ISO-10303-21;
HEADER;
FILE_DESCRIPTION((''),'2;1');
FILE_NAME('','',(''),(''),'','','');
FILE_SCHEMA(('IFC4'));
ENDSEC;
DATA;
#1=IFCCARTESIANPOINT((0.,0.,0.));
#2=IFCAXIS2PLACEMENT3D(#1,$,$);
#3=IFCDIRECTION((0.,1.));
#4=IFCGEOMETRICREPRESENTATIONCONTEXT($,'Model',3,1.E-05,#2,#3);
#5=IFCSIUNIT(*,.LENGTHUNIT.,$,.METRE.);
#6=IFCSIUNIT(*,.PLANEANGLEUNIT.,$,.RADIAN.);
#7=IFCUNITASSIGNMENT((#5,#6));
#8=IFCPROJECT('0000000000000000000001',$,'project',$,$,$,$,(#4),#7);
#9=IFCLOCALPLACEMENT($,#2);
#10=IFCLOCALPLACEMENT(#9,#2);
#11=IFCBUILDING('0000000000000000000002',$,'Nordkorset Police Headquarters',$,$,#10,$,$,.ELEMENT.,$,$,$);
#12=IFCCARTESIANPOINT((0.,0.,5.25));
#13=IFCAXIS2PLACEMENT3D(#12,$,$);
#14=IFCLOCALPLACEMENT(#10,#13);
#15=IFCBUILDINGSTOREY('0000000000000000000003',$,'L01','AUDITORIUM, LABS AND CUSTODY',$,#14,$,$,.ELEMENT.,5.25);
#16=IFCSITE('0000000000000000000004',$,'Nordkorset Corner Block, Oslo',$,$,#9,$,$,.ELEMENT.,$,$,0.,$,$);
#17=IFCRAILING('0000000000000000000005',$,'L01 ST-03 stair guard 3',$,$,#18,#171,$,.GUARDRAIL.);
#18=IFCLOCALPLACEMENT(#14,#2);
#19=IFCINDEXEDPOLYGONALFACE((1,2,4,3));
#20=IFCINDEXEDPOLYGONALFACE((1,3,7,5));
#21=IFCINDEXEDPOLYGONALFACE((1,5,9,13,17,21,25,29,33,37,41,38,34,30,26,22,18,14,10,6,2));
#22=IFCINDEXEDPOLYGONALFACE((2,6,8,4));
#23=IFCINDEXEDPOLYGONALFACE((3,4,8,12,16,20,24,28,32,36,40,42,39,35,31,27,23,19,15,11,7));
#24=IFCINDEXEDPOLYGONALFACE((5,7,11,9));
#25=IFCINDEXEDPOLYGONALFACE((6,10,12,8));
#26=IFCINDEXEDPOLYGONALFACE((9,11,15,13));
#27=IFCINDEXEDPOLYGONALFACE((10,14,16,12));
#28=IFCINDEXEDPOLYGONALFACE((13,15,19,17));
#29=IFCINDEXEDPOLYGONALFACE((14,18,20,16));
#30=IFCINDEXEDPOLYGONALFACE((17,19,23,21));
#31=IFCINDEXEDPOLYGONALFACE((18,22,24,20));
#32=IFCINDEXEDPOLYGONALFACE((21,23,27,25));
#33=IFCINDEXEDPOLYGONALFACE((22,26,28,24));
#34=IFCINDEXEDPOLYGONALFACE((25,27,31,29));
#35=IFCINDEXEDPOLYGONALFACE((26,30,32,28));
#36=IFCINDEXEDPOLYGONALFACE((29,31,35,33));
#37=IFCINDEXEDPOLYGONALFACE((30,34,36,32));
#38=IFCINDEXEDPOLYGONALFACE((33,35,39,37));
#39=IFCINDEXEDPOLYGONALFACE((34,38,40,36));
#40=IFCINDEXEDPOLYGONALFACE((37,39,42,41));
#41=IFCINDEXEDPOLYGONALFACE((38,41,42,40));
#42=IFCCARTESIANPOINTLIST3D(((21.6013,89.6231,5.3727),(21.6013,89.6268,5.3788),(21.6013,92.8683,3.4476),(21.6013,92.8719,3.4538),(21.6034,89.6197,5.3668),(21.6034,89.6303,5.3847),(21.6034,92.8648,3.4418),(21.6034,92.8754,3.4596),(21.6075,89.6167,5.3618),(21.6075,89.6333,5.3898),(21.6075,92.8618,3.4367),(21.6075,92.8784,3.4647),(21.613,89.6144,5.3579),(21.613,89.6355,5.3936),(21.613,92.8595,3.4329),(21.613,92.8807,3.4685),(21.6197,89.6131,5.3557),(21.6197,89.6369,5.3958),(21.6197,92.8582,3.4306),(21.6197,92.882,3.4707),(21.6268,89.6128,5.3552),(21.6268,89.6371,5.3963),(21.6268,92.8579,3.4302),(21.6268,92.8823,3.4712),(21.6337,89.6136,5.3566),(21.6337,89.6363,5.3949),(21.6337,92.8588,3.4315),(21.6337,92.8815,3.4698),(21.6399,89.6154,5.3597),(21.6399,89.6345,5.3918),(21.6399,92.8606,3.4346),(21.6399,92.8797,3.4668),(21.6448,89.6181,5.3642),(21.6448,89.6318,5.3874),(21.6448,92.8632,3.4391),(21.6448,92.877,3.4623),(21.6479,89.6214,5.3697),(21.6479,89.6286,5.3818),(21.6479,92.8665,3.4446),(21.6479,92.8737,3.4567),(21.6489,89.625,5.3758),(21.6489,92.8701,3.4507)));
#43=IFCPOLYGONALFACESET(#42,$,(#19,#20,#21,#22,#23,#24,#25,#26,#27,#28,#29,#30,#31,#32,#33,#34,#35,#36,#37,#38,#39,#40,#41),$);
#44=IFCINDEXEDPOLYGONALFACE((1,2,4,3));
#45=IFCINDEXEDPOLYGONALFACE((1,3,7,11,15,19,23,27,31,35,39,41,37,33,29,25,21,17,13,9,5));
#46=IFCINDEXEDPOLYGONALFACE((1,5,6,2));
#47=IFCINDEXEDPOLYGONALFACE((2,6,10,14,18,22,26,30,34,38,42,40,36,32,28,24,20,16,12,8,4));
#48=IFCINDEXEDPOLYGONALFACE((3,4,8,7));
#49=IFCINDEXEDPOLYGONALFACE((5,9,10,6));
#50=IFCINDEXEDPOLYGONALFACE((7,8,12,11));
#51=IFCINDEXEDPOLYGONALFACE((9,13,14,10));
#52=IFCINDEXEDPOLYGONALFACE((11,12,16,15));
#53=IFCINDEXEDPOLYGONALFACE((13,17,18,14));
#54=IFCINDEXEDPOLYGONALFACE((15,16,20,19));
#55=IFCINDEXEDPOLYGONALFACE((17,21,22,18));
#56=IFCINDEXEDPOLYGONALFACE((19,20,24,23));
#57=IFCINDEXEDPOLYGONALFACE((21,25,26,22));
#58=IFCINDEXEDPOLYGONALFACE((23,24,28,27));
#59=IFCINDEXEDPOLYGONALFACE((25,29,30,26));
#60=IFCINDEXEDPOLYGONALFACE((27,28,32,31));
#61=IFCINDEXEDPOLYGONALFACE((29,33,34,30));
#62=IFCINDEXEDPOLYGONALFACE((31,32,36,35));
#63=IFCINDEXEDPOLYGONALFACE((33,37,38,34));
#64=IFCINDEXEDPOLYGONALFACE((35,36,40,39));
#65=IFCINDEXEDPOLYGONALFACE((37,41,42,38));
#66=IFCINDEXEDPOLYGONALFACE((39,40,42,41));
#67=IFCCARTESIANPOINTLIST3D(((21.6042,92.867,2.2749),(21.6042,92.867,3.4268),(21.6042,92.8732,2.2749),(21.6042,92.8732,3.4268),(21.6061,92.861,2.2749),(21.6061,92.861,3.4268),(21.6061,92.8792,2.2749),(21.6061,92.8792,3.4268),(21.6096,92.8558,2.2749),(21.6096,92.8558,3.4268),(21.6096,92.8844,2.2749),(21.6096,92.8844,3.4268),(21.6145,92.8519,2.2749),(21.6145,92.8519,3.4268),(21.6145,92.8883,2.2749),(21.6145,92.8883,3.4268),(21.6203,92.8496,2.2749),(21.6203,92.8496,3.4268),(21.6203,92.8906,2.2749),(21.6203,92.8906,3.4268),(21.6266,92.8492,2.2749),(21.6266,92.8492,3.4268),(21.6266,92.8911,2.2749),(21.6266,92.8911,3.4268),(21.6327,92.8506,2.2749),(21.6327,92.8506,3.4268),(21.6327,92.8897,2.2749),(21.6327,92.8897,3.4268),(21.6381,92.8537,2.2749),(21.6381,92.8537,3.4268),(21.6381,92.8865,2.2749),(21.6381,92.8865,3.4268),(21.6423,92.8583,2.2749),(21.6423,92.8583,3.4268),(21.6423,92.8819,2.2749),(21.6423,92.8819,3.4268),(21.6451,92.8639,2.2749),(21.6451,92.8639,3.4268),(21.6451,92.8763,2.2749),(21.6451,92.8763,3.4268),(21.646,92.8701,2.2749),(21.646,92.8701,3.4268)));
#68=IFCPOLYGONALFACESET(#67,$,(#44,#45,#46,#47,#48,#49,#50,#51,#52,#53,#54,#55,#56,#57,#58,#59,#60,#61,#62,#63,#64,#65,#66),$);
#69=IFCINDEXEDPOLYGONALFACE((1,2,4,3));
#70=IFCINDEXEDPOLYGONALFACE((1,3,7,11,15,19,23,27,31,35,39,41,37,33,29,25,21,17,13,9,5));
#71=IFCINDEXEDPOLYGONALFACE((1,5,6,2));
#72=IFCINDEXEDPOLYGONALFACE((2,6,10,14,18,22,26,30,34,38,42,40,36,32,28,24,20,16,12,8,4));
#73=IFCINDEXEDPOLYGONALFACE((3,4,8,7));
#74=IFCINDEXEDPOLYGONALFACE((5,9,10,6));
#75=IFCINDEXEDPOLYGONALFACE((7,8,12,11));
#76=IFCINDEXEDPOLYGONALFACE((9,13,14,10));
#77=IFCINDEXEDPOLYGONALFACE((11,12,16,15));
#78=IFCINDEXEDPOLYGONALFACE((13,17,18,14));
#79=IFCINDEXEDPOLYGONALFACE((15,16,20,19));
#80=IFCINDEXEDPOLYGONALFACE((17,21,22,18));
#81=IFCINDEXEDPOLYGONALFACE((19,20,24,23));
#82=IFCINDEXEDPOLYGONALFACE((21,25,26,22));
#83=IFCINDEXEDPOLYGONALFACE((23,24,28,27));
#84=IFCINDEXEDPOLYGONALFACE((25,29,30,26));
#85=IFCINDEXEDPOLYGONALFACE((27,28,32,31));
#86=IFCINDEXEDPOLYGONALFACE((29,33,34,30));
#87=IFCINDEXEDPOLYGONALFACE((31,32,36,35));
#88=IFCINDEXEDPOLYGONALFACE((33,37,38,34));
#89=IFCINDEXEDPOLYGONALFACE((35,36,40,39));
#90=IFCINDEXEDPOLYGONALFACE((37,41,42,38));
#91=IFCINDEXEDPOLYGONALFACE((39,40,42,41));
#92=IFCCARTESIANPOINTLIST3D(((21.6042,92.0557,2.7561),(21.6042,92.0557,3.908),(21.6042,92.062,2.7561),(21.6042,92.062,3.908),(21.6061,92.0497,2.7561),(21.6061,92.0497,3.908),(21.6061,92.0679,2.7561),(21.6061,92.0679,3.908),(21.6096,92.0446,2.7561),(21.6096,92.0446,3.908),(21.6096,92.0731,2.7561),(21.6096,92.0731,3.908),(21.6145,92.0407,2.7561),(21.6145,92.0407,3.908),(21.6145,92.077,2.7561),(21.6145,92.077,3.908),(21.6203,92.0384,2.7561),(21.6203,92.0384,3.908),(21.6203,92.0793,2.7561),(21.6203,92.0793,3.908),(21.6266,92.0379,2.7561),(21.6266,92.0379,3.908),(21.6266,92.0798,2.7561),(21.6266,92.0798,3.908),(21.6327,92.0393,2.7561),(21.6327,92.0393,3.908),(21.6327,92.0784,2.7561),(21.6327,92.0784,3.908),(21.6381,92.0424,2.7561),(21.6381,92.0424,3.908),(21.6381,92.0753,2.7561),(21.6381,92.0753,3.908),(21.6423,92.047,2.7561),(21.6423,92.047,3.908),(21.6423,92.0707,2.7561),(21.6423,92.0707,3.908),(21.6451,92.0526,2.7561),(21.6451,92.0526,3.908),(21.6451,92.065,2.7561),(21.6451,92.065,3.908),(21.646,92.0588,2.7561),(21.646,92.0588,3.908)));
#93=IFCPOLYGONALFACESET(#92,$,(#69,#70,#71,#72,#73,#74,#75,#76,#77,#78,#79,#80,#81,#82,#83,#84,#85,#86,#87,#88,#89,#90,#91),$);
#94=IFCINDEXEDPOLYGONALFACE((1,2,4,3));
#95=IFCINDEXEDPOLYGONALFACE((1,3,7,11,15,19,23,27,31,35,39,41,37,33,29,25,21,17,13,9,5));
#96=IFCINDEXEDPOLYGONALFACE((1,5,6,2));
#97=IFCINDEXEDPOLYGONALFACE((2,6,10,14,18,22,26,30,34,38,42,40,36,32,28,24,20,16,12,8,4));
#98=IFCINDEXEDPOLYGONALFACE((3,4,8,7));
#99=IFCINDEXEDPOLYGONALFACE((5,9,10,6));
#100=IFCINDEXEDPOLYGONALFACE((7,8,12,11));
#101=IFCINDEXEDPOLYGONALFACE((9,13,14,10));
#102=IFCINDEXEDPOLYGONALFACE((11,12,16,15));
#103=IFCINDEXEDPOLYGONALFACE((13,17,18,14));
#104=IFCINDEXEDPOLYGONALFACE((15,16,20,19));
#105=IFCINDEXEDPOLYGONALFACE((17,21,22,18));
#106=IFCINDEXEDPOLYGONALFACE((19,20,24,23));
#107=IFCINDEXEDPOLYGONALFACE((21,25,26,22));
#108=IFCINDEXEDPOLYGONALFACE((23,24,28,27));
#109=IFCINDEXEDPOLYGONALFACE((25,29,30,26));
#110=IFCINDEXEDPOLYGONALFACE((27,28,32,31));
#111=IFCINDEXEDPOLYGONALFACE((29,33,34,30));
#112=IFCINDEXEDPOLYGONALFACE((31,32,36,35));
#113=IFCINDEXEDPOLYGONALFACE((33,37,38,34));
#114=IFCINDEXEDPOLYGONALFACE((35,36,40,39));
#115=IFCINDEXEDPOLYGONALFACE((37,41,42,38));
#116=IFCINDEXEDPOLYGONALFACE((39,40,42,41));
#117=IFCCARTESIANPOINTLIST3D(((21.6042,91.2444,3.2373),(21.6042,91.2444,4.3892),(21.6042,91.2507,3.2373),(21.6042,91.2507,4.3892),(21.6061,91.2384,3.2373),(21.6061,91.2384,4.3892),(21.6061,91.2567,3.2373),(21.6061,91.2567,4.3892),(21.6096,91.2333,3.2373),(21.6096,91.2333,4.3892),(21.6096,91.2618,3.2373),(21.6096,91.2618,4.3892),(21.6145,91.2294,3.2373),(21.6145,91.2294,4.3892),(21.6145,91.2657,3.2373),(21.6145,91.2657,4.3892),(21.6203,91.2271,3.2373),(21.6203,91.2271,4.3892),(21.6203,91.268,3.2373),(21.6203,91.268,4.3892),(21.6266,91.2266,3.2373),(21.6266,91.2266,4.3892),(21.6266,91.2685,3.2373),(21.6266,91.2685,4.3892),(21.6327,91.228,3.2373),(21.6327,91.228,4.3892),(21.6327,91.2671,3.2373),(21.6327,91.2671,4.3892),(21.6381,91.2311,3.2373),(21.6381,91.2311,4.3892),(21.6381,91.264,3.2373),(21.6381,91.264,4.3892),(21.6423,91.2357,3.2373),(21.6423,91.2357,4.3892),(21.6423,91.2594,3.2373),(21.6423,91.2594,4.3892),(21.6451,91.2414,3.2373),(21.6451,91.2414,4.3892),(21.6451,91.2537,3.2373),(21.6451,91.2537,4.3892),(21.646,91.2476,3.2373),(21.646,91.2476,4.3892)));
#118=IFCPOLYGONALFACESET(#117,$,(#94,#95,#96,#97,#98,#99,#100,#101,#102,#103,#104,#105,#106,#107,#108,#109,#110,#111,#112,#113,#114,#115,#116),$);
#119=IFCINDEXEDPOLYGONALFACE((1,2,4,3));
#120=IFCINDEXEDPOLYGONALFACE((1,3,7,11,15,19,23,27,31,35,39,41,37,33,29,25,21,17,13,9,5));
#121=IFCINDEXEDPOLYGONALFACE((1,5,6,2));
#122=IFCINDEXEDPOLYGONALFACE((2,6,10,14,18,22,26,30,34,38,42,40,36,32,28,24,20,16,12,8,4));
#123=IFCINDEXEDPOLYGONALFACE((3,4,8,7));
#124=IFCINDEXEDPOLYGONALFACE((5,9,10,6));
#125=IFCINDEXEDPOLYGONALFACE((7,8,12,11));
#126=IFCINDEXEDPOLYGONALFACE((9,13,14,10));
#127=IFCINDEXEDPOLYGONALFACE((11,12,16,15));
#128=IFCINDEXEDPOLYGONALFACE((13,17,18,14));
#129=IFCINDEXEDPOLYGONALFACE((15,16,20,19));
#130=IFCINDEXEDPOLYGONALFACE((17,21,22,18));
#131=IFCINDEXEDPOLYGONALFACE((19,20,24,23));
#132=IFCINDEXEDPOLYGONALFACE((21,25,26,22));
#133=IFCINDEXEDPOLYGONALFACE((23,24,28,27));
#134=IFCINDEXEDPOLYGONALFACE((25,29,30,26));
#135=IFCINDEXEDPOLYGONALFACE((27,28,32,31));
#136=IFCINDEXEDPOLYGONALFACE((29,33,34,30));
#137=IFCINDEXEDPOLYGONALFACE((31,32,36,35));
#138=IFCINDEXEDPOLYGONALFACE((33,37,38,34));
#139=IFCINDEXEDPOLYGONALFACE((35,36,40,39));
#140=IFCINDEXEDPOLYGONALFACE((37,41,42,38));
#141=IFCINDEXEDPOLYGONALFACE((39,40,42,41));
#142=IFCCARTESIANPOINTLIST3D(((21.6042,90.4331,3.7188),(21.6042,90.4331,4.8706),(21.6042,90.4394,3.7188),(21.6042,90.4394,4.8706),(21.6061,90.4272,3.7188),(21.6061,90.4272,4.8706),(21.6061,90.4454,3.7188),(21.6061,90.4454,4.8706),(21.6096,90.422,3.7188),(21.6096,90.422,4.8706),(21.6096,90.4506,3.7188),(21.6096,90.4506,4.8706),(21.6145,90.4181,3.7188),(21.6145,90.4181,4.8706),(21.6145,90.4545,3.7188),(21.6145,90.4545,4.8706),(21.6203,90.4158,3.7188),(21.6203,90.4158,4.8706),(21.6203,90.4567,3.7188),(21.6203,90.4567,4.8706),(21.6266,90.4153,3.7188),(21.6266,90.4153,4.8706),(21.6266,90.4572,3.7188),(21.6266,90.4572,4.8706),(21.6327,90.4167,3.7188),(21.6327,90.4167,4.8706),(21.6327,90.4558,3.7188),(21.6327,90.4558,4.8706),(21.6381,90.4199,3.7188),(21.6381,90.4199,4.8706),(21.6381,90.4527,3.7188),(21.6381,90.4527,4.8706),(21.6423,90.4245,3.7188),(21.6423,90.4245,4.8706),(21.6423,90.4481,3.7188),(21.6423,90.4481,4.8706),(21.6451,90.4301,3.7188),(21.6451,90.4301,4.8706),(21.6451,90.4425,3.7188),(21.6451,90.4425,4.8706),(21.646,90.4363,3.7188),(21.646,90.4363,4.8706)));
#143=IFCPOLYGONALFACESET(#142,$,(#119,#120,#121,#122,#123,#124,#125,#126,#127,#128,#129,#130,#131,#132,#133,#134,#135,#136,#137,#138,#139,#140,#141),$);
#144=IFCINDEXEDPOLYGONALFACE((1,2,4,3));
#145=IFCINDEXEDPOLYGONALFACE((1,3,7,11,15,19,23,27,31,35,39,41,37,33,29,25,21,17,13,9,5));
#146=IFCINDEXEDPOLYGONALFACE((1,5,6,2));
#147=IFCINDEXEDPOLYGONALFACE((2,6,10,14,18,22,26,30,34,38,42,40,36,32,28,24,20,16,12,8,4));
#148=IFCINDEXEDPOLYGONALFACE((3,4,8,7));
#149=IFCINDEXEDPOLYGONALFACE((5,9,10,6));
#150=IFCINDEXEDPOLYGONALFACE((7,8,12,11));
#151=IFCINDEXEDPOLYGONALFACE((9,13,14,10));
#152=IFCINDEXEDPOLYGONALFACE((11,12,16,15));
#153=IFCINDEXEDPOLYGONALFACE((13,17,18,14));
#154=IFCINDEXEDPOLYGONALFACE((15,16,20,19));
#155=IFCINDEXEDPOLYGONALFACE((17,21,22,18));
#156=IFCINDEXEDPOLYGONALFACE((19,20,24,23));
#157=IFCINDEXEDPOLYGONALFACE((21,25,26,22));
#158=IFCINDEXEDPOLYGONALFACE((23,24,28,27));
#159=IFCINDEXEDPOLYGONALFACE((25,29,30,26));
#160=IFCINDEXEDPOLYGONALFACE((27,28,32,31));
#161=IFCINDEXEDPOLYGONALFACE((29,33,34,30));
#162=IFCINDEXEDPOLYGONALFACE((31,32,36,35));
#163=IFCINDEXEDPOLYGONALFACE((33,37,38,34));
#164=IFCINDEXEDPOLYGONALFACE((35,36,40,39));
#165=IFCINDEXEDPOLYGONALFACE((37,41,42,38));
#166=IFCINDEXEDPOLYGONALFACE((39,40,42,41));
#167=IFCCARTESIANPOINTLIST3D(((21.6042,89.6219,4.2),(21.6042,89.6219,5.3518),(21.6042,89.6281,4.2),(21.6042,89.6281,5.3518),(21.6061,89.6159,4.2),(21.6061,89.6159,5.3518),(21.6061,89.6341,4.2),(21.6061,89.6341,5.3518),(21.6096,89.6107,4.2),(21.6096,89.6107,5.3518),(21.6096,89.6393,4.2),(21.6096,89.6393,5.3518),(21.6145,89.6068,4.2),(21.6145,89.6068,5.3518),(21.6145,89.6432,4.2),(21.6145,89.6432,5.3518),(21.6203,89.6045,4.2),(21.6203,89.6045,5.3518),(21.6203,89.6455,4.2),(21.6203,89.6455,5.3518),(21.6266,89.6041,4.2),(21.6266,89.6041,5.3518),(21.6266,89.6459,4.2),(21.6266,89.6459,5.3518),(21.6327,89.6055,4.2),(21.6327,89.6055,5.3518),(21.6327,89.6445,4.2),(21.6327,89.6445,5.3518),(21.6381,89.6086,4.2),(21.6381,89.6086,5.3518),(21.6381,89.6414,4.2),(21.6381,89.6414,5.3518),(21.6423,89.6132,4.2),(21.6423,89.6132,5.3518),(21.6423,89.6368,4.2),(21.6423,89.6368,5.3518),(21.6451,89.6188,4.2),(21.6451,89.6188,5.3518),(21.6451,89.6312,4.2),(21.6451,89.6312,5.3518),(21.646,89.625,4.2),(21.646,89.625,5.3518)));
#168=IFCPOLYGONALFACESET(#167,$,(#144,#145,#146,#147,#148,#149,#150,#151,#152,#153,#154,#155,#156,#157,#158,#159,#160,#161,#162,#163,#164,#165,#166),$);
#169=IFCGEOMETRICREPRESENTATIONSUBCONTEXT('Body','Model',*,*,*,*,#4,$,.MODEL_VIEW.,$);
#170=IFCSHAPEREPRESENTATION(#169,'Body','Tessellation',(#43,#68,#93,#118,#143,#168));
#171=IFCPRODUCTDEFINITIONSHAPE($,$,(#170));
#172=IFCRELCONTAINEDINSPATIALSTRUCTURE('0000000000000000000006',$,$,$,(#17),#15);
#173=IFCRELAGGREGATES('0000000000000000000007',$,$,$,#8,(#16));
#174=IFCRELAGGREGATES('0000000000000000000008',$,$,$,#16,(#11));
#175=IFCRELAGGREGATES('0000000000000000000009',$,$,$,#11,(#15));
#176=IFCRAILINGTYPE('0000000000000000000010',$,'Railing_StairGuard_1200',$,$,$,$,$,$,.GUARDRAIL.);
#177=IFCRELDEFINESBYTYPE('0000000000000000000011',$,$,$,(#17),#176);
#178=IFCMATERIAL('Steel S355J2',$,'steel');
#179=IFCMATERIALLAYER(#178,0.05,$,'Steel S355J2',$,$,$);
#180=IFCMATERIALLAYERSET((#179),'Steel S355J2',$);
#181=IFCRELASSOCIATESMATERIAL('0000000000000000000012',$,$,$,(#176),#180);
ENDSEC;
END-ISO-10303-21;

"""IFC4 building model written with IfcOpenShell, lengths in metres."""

from ifc_helpers import new_model, si_unit, direction, frame, origin, origin_2d, place, context, subcontext, project, spatial, circle, extrude, material, layer, layer_set, type_object, element, save


model = new_model("IFC4")

# Units and contexts
model_context = context("Model", 3, precision=1e-05, world=origin(), true_north=direction((0.0, 1.0)))
body_context = subcontext(model_context, "Body", "Model", "MODEL_VIEW")
ifc_project = project(units=[si_unit("LENGTHUNIT", "METRE"), si_unit("PLANEANGLEUNIT", "RADIAN")], contexts=[model_context])

# Site, building, storey
site_placement = place(None, origin())
site = spatial("IfcSite", under=ifc_project, at=site_placement, Name="Nordkorset Corner Block, Oslo", CompositionType="ELEMENT", RefElevation=0.0)
building_placement = place(site_placement, origin())
building = spatial("IfcBuilding", under=site, at=building_placement, Name="Nordkorset Police Headquarters", CompositionType="ELEMENT")
storey_placement = place(building_placement, frame((0.0, 0.0, 5.25)))
storey = spatial("IfcBuildingStorey", under=building, at=storey_placement, Name="L01", Description="AUDITORIUM, LABS AND CUSTODY", CompositionType="ELEMENT", Elevation=5.25)

# Railing
ifc_material_1 = material(Name="Steel S355J2", Category="steel")
ifc_layer_1 = layer(ifc_material_1, 0.05, Name="Steel S355J2")
ifc_layer_set_1 = layer_set([ifc_layer_1], Name="Steel S355J2")
railing_type_1 = type_object("IfcRailingType", Name="Railing_StairGuard_1200", PredefinedType="GUARDRAIL", material=ifc_layer_set_1)
railing_1_placement = place(storey_placement, frame((21.625, 92.8701, 2.2749)))
element("IfcRailing", 1, at=railing_1_placement, inside=storey, type_object=railing_type_1, Name="L01 ST-03 stair guard 3", PredefinedType="GUARDRAIL", context=body_context, shape_type="SweptSolid", body=[
    extrude(circle(Radius=0.0239, at=origin_2d()), frame((0.0, 0.0, 1.1758), z_axis=(0.0, -0.860057, 0.510198), x_axis=(1.0, 0.0, 0.0)), (0.0, 0.0, 1.0), 3.7732),
    extrude(circle(Radius=0.021, at=origin_2d()), origin(), (0.0, 0.0, 1.0), 1.1519),
    extrude(circle(Radius=0.021, at=origin_2d()), frame((0.0, -0.8113, 0.4812)), (0.0, 0.0, 1.0), 1.1519),
    extrude(circle(Radius=0.021, at=origin_2d()), frame((0.0, -1.6226, 0.9624)), (0.0, 0.0, 1.0), 1.1519),
    extrude(circle(Radius=0.021, at=origin_2d()), frame((0.0, -2.4338, 1.4438)), (0.0, 0.0, 1.0), 1.1519),
    extrude(circle(Radius=0.021, at=origin_2d()), frame((0.0, -3.2451, 1.925)), (0.0, 0.0, 1.0), 1.1519),
])

save(model, "model.ifc")
